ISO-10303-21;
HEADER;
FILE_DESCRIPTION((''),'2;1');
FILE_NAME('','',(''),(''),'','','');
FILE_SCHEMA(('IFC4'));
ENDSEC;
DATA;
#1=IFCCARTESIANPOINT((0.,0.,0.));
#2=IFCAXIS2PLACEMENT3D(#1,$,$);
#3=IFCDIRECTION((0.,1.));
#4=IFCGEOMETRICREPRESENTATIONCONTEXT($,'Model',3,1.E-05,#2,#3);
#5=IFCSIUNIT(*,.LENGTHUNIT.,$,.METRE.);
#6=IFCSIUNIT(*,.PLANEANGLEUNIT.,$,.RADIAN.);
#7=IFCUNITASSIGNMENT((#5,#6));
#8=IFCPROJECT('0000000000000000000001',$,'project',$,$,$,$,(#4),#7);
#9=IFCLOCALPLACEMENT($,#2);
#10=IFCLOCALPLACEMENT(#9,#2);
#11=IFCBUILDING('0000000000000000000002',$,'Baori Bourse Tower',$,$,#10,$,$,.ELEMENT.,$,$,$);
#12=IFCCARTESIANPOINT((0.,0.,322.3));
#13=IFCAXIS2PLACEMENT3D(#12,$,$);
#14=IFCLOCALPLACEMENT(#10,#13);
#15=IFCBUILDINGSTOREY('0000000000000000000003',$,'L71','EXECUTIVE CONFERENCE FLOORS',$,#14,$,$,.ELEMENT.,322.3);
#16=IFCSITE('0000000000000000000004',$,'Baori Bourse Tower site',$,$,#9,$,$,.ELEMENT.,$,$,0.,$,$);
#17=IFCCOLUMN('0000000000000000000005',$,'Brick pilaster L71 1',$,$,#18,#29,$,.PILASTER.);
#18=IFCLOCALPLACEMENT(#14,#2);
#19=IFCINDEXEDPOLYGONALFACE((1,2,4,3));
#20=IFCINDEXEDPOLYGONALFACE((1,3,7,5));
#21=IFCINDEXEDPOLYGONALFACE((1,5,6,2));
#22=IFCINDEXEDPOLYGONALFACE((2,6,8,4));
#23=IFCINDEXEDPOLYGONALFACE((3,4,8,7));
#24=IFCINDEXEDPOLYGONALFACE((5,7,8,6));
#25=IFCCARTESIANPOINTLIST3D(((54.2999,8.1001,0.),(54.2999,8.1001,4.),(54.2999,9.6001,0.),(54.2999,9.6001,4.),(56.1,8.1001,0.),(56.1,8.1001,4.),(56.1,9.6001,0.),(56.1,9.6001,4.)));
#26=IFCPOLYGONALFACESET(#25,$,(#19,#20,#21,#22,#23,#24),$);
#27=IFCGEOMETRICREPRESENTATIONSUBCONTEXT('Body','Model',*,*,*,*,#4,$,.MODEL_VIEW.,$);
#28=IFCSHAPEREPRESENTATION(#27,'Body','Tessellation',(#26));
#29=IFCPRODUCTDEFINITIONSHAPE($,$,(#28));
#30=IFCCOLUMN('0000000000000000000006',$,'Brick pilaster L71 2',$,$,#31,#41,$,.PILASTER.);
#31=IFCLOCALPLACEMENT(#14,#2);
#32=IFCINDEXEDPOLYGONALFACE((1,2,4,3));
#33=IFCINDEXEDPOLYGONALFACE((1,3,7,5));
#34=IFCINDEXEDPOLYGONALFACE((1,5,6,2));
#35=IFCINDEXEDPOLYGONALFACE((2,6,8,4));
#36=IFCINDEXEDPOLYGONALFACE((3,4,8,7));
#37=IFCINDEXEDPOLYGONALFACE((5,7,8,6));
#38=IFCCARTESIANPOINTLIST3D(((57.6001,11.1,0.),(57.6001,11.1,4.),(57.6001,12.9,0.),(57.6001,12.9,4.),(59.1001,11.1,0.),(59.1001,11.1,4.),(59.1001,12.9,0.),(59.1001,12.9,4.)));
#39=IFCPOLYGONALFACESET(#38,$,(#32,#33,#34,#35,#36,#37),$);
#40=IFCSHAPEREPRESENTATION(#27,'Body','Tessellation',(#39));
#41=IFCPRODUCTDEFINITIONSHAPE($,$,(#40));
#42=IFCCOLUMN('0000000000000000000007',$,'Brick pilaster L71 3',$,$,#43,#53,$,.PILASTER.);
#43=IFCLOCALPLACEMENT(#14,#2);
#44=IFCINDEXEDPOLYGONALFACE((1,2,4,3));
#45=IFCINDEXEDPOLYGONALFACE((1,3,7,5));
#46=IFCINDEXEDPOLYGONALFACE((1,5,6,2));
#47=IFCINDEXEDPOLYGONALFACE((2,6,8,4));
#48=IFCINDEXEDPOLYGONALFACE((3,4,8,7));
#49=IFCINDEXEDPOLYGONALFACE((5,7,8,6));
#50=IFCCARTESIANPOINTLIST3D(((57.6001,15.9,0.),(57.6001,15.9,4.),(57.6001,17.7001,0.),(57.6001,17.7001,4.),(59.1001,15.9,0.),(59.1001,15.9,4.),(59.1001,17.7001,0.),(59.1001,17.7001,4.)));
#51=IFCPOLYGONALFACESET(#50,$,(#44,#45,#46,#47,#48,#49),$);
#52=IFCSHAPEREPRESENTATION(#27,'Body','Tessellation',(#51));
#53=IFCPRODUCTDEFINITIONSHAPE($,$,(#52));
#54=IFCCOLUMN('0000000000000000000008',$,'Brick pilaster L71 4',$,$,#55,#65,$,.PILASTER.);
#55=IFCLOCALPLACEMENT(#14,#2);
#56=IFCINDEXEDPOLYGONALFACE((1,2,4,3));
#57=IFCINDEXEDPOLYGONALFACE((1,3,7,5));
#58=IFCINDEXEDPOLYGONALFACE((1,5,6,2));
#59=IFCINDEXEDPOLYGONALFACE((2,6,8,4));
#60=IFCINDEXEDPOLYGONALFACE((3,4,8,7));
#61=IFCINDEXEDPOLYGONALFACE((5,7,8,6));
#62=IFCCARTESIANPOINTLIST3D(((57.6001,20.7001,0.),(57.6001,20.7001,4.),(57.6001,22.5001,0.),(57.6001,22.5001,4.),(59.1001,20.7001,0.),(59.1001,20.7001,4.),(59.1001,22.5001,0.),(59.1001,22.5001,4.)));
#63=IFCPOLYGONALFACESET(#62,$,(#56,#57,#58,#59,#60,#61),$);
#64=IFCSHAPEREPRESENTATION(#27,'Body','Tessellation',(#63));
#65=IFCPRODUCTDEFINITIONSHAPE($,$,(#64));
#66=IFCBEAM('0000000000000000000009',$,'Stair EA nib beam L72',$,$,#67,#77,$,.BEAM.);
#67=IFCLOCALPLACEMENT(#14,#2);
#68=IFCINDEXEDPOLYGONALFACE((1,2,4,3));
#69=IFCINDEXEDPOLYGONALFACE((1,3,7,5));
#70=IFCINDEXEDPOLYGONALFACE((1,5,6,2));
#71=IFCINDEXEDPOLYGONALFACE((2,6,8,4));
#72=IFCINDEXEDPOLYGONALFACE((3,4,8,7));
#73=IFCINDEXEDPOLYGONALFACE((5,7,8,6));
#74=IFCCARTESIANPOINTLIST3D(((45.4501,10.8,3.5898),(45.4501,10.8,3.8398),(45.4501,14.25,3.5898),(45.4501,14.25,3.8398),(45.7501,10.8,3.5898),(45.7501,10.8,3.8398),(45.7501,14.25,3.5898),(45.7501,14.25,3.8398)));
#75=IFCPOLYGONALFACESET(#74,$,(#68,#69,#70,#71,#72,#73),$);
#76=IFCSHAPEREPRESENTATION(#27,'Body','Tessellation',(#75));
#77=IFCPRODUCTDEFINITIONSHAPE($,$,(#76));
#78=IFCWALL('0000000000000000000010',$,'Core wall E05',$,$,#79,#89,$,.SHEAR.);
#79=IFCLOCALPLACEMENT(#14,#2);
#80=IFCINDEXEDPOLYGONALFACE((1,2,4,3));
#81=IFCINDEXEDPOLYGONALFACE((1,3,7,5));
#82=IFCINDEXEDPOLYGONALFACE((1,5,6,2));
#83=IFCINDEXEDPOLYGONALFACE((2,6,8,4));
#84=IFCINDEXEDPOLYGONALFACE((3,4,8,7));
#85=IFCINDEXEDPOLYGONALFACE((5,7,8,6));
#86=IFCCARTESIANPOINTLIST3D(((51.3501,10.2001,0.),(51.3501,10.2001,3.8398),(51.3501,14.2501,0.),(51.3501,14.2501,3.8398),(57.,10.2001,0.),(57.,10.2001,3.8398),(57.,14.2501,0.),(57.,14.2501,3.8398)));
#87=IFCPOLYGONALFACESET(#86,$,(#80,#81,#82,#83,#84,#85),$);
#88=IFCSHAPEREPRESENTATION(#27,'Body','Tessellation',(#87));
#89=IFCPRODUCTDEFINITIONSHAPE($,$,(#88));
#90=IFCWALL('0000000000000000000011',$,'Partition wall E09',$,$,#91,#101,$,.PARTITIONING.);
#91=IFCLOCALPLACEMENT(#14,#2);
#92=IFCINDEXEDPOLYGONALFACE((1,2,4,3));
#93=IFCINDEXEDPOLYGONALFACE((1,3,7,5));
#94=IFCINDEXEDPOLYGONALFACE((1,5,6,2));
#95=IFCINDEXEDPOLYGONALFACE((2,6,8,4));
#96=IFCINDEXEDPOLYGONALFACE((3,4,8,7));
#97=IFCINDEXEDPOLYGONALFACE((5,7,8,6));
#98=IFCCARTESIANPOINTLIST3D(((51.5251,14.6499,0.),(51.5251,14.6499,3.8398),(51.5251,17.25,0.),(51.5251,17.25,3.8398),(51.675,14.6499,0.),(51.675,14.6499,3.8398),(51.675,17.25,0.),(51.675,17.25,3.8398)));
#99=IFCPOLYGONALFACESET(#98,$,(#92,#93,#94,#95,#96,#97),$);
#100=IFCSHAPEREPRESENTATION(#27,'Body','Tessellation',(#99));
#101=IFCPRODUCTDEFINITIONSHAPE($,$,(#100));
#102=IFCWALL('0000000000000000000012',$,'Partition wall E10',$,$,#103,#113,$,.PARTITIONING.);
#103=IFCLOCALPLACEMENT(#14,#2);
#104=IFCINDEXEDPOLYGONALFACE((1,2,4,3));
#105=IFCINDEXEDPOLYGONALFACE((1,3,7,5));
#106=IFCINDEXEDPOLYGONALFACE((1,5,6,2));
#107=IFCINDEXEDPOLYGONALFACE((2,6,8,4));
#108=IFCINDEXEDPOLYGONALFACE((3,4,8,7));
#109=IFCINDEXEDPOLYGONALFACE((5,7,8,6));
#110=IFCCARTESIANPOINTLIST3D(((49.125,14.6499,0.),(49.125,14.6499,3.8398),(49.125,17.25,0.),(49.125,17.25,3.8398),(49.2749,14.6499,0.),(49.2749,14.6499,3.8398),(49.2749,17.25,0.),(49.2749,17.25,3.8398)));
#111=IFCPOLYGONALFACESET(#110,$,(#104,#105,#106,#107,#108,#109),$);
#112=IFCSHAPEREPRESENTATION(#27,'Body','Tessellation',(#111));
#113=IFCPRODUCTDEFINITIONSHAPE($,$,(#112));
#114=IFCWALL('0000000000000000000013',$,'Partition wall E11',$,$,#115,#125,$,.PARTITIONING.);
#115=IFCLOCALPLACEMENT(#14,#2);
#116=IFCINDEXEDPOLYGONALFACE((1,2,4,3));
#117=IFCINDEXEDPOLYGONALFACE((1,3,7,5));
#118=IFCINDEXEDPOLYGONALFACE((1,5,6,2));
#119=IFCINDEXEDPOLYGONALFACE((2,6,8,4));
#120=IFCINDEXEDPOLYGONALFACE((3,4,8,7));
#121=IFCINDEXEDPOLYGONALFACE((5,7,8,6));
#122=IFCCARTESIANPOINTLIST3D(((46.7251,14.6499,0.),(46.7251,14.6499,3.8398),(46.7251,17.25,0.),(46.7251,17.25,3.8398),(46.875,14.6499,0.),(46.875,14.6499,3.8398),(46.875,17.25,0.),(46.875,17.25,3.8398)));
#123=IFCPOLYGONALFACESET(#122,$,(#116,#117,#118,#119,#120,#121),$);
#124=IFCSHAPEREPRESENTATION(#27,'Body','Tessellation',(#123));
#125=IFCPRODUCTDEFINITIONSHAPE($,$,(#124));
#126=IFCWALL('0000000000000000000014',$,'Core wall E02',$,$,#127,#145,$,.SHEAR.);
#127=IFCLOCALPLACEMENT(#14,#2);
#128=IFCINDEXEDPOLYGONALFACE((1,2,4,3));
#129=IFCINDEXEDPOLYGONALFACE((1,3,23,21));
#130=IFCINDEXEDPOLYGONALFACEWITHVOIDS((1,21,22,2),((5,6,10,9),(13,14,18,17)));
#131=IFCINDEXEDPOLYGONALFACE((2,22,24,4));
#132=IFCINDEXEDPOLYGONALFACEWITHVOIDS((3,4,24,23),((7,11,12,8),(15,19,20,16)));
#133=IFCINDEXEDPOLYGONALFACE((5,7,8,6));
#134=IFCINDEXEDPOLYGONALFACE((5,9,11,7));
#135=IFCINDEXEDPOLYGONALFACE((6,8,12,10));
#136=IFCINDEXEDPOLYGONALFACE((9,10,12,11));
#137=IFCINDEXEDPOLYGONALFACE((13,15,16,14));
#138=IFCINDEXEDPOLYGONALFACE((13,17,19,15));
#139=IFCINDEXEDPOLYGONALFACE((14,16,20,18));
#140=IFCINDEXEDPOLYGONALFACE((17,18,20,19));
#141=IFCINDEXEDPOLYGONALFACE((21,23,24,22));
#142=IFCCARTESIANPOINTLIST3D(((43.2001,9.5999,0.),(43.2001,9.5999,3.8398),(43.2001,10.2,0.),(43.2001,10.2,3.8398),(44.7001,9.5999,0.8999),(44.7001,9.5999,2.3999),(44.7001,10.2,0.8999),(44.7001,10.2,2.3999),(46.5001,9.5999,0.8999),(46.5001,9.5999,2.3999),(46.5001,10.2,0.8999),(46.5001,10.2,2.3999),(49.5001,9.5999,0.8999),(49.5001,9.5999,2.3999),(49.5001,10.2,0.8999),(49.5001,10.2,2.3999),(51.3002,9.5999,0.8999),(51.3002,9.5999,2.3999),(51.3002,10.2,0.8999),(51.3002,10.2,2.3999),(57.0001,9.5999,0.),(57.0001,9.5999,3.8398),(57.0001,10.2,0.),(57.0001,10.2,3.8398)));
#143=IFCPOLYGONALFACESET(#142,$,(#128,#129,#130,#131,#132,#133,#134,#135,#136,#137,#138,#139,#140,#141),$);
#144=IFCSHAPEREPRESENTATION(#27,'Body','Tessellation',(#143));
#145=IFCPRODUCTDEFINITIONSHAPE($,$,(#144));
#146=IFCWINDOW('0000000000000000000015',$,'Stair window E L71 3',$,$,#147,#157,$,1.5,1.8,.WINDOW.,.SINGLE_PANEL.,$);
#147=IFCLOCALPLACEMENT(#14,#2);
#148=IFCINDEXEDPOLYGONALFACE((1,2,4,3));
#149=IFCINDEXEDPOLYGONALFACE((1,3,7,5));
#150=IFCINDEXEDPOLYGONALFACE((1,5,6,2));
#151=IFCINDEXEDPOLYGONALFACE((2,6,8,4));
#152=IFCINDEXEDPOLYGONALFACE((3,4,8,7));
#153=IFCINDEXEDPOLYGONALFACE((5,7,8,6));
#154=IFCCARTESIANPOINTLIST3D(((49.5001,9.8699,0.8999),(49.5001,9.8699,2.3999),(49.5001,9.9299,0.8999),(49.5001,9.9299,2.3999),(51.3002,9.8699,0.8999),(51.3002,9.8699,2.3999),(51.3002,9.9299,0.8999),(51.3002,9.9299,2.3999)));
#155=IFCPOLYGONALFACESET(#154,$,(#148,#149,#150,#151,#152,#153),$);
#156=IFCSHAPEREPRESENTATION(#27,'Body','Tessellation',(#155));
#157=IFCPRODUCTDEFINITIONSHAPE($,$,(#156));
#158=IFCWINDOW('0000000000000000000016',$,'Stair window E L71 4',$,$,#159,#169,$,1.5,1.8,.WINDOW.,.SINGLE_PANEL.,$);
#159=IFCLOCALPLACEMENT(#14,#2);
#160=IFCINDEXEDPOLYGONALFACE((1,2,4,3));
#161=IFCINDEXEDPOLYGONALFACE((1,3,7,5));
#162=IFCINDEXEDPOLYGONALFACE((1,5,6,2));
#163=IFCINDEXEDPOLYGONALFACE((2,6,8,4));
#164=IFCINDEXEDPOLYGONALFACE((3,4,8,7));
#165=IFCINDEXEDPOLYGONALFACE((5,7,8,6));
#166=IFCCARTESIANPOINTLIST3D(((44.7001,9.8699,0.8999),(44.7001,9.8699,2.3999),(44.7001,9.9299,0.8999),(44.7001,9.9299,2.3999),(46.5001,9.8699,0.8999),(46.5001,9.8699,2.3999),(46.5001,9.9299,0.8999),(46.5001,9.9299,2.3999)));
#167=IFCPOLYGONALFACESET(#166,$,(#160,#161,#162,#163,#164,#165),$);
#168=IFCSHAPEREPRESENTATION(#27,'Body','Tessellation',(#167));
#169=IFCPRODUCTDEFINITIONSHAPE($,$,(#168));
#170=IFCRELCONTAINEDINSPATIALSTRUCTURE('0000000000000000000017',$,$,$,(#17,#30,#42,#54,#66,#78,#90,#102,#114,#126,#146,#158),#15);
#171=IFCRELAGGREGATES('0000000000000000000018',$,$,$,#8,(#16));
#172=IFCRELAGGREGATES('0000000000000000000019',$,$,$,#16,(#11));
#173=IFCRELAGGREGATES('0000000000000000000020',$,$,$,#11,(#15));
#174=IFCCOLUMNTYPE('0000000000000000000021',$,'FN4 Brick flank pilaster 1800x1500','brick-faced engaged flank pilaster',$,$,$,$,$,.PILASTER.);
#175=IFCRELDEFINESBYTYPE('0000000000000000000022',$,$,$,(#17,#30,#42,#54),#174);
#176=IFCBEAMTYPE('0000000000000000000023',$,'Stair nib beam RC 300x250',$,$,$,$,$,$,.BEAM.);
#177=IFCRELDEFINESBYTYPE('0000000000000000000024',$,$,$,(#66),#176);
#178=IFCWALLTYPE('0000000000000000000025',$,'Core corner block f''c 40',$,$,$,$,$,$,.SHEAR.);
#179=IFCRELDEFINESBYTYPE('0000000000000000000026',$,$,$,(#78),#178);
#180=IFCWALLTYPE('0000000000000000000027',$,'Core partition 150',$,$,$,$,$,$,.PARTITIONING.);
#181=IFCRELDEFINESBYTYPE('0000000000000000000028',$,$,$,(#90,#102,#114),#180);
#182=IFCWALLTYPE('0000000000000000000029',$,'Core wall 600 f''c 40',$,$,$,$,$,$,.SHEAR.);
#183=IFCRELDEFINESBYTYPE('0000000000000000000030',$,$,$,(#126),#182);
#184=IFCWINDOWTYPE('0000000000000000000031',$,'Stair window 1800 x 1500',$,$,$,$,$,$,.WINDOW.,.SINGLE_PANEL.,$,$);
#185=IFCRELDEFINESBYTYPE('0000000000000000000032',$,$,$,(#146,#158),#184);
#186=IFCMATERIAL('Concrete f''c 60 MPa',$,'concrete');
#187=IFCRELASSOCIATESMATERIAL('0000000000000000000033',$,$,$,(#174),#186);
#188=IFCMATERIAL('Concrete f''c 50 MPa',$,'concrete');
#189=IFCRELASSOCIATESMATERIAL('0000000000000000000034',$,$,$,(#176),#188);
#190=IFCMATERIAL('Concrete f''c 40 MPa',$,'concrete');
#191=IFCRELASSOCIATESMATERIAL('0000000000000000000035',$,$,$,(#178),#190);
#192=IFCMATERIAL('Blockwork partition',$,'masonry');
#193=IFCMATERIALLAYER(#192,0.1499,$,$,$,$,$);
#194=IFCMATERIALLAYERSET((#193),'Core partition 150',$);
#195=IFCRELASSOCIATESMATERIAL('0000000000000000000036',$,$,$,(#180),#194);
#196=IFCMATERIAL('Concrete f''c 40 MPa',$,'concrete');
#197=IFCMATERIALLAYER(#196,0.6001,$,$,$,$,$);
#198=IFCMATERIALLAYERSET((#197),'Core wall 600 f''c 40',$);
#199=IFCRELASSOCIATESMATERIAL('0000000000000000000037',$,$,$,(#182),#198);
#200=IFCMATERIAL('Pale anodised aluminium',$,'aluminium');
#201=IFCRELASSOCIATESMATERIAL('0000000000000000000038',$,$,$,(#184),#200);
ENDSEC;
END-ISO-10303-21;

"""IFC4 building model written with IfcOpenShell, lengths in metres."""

from ifc_helpers import new_model, si_unit, direction, frame, frame_2d, origin, origin_2d, place, context, subcontext, project, spatial, rectangle, extrude, material, layer, layer_set, material_profile, profile_set, type_object, element, fill, save


model = new_model("IFC4")

# Units and contexts
model_context = context("Model", 3, precision=1e-05, world=origin(), true_north=direction((0.0, 1.0)))
body_context = subcontext(model_context, "Body", "Model", "MODEL_VIEW")
ifc_project = project(units=[si_unit("LENGTHUNIT", "METRE"), si_unit("PLANEANGLEUNIT", "RADIAN")], contexts=[model_context])

# Site, building, storey
site_placement = place(None, origin())
site = spatial("IfcSite", under=ifc_project, at=site_placement, Name="Baori Bourse Tower site", CompositionType="ELEMENT", RefElevation=0.0)
building_placement = place(site_placement, origin())
building = spatial("IfcBuilding", under=site, at=building_placement, Name="Baori Bourse Tower", CompositionType="ELEMENT")
storey_placement = place(building_placement, frame((0.0, 0.0, 322.3)))
storey = spatial("IfcBuildingStorey", under=building, at=storey_placement, Name="L71", Description="EXECUTIVE CONFERENCE FLOORS", CompositionType="ELEMENT", Elevation=322.3)

# Columns
ifc_material_1 = material(Name="Concrete f'c 60 MPa", Category="concrete")
ifc_material_profile_1 = material_profile(ifc_material_1, rectangle(XDim=1.8, YDim=1.5, at=origin_2d()), Name="RC 1800x1500")
ifc_profile_set_1 = profile_set([ifc_material_profile_1], Name="Concrete f'c 60 MPa")
column_type = type_object("IfcColumnType", Name="FN4 Brick flank pilaster 1800x1500", Description="brick-faced engaged flank pilaster", PredefinedType="PILASTER", material=ifc_profile_set_1)
for number, where, z_axis, x_axis, name in (
    (1, (55.2, 8.8501, 0.0), (0.0, 0.0, 1.0), (1.0, 0.0, 0.0), "Brick pilaster L71 1"),
    (2, (58.3501, 12.0, 0.0), (0.0, 0.0, 1.0), (0.0, 1.0, 0.0), "Brick pilaster L71 2"),
    (3, (58.3501, 16.8, 0.0), (0.0, 0.0, 1.0), (0.0, 1.0, 0.0), "Brick pilaster L71 3"),
    (4, (58.3501, 21.6001, 0.0), (0.0, 0.0, 1.0), (0.0, 1.0, 0.0), "Brick pilaster L71 4"),
):
    element("IfcColumn", number, at=place(storey_placement, frame(where, z_axis=z_axis, x_axis=x_axis)), inside=storey, type_object=column_type, Name=name, PredefinedType="PILASTER", context=body_context, shape_type="SweptSolid", body=[
        extrude(rectangle(XDim=1.8, YDim=1.5, at=origin_2d()), origin(), (0.0, 0.0, 1.0), 4.0),
    ])

# Beam
ifc_material_2 = material(Name="Concrete f'c 50 MPa", Category="concrete")
ifc_material_profile_2 = material_profile(ifc_material_2, rectangle(XDim=0.3, YDim=0.25, at=origin_2d()), Name="RC 300x250")
ifc_profile_set_2 = profile_set([ifc_material_profile_2], Name="Concrete f'c 50 MPa")
beam_type = type_object("IfcBeamType", Name="Stair nib beam RC 300x250", PredefinedType="BEAM", material=ifc_profile_set_2)
beam_placement = place(storey_placement, frame((45.6001, 10.8, 3.7148), z_axis=(0.0, 1.0, 0.0), x_axis=(-1.0, 0.0, 0.0)))
element("IfcBeam", 5, at=beam_placement, inside=storey, type_object=beam_type, Name="Stair EA nib beam L72", PredefinedType="BEAM", context=body_context, shape_type="SweptSolid", body=[
    extrude(rectangle(XDim=0.3, YDim=0.25, at=origin_2d()), origin(), (0.0, 0.0, 1.0), 3.45),
])

# Walls
ifc_material_3 = material(Name="Concrete f'c 40 MPa", Category="concrete")
wall_type_1 = type_object("IfcWallType", Name="Core corner block f'c 40", PredefinedType="SHEAR", material=ifc_material_3)
wall_1_placement = place(storey_placement, frame((51.3501, 12.2251, 0.0), z_axis=(0.0, 0.0, 1.0), x_axis=(1.0, 0.0, 0.0)))
element("IfcWall", 6, at=wall_1_placement, inside=storey, type_object=wall_type_1, Name="Core wall E05", PredefinedType="SHEAR", context=body_context, shape_type="SweptSolid", body=[
    extrude(rectangle(XDim=5.6499, YDim=4.05, at=frame_2d((2.825, 0.0))), origin(), (0.0, 0.0, 1.0), 3.8398),
])
ifc_material_4 = material(Name="Blockwork partition", Category="masonry")
ifc_layer_1 = layer(ifc_material_4, 0.1499)
ifc_layer_set_1 = layer_set([ifc_layer_1], Name="Core partition 150")
wall_type_2 = type_object("IfcWallType", Name="Core partition 150", PredefinedType="PARTITIONING", material=ifc_layer_set_1)
for number, where, z_axis, x_axis, name in (
    (7, (51.6001, 14.6499, 0.0), (0.0, 0.0, 1.0), (0.0, 1.0, 0.0), "Partition wall E09"),
    (8, (49.2, 14.6499, 0.0), (0.0, 0.0, 1.0), (0.0, 1.0, 0.0), "Partition wall E10"),
    (9, (46.8, 14.6499, 0.0), (0.0, 0.0, 1.0), (0.0, 1.0, 0.0), "Partition wall E11"),
):
    element("IfcWall", number, at=place(storey_placement, frame(where, z_axis=z_axis, x_axis=x_axis)), inside=storey, type_object=wall_type_2, Name=name, PredefinedType="PARTITIONING", context=body_context, shape_type="SweptSolid", body=[
        extrude(rectangle(XDim=2.6001, YDim=0.1499, at=frame_2d((1.3, 0.0))), origin(), (0.0, 0.0, 1.0), 3.8398),
    ])

# Wall, openings, windows
ifc_material_5 = material(Name="Concrete f'c 40 MPa", Category="concrete")
ifc_layer_2 = layer(ifc_material_5, 0.6001)
ifc_layer_set_2 = layer_set([ifc_layer_2], Name="Core wall 600 f'c 40")
wall_type_3 = type_object("IfcWallType", Name="Core wall 600 f'c 40", PredefinedType="SHEAR", material=ifc_layer_set_2)
wall_2_placement = place(storey_placement, frame((57.0, 9.8999, 0.0), z_axis=(0.0, 0.0, 1.0), x_axis=(-1.0, 0.0, 0.0)))
wall_2 = element("IfcWall", 10, at=wall_2_placement, inside=storey, type_object=wall_type_3, Name="Core wall E02", PredefinedType="SHEAR", context=body_context, shape_type="SweptSolid", body=[
    extrude(rectangle(XDim=13.8, YDim=0.6001, at=frame_2d((6.8999, 0.0))), origin(), (0.0, 0.0, 1.0), 3.8398),
])
opening_1_placement = place(wall_2_placement, frame((5.7, 0.0, 0.8999)))
opening_1 = element("IfcOpeningElement", 11, at=opening_1_placement, cuts=wall_2, PredefinedType="OPENING", context=body_context, shape_type="SweptSolid", body=[
    extrude(rectangle(XDim=1.8, YDim=1.5, at=frame_2d((0.8999, 0.75))), frame((0.0, 0.3101, 0.0), z_axis=(0.0, -1.0, 0.0), x_axis=(1.0, 0.0, 0.0)), (0.0, 0.0, 1.0), 0.6201),
])
opening_2_placement = place(wall_2_placement, frame((10.5, 0.0, 0.8999)))
opening_2 = element("IfcOpeningElement", 12, at=opening_2_placement, cuts=wall_2, PredefinedType="OPENING", context=body_context, shape_type="SweptSolid", body=[
    extrude(rectangle(XDim=1.8, YDim=1.5, at=frame_2d((0.8999, 0.75))), frame((0.0, 0.3101, 0.0), z_axis=(0.0, -1.0, 0.0), x_axis=(1.0, 0.0, 0.0)), (0.0, 0.0, 1.0), 0.6201),
])
ifc_material_6 = material(Name="Pale anodised aluminium", Category="aluminium")
window_type = type_object("IfcWindowType", Name="Stair window 1800 x 1500", PartitioningType="SINGLE_PANEL", PredefinedType="WINDOW", material=ifc_material_6)
window_1_placement = place(opening_1_placement, origin())
window_1 = element("IfcWindow", 13, at=window_1_placement, inside=storey, type_object=window_type, Name="Stair window E L71 3", OverallHeight=1.5, OverallWidth=1.8, PartitioningType="SINGLE_PANEL", PredefinedType="WINDOW", context=body_context, shape_type="SweptSolid", body=[
    extrude(rectangle(XDim=1.8, YDim=1.5, at=frame_2d((0.8999, 0.75))), frame((0.0, 0.03, 0.0), z_axis=(0.0, -1.0, 0.0), x_axis=(1.0, 0.0, 0.0)), (0.0, 0.0, 1.0), 0.0601),
])
fill(opening_1, window_1)
window_2_placement = place(opening_2_placement, origin())
window_2 = element("IfcWindow", 14, at=window_2_placement, inside=storey, type_object=window_type, Name="Stair window E L71 4", OverallHeight=1.5, OverallWidth=1.8, PartitioningType="SINGLE_PANEL", PredefinedType="WINDOW", context=body_context, shape_type="SweptSolid", body=[
    extrude(rectangle(XDim=1.8, YDim=1.5, at=frame_2d((0.8999, 0.75))), frame((0.0, 0.03, 0.0), z_axis=(0.0, -1.0, 0.0), x_axis=(1.0, 0.0, 0.0)), (0.0, 0.0, 1.0), 0.0601),
])
fill(opening_2, window_2)

save(model, "model.ifc")
